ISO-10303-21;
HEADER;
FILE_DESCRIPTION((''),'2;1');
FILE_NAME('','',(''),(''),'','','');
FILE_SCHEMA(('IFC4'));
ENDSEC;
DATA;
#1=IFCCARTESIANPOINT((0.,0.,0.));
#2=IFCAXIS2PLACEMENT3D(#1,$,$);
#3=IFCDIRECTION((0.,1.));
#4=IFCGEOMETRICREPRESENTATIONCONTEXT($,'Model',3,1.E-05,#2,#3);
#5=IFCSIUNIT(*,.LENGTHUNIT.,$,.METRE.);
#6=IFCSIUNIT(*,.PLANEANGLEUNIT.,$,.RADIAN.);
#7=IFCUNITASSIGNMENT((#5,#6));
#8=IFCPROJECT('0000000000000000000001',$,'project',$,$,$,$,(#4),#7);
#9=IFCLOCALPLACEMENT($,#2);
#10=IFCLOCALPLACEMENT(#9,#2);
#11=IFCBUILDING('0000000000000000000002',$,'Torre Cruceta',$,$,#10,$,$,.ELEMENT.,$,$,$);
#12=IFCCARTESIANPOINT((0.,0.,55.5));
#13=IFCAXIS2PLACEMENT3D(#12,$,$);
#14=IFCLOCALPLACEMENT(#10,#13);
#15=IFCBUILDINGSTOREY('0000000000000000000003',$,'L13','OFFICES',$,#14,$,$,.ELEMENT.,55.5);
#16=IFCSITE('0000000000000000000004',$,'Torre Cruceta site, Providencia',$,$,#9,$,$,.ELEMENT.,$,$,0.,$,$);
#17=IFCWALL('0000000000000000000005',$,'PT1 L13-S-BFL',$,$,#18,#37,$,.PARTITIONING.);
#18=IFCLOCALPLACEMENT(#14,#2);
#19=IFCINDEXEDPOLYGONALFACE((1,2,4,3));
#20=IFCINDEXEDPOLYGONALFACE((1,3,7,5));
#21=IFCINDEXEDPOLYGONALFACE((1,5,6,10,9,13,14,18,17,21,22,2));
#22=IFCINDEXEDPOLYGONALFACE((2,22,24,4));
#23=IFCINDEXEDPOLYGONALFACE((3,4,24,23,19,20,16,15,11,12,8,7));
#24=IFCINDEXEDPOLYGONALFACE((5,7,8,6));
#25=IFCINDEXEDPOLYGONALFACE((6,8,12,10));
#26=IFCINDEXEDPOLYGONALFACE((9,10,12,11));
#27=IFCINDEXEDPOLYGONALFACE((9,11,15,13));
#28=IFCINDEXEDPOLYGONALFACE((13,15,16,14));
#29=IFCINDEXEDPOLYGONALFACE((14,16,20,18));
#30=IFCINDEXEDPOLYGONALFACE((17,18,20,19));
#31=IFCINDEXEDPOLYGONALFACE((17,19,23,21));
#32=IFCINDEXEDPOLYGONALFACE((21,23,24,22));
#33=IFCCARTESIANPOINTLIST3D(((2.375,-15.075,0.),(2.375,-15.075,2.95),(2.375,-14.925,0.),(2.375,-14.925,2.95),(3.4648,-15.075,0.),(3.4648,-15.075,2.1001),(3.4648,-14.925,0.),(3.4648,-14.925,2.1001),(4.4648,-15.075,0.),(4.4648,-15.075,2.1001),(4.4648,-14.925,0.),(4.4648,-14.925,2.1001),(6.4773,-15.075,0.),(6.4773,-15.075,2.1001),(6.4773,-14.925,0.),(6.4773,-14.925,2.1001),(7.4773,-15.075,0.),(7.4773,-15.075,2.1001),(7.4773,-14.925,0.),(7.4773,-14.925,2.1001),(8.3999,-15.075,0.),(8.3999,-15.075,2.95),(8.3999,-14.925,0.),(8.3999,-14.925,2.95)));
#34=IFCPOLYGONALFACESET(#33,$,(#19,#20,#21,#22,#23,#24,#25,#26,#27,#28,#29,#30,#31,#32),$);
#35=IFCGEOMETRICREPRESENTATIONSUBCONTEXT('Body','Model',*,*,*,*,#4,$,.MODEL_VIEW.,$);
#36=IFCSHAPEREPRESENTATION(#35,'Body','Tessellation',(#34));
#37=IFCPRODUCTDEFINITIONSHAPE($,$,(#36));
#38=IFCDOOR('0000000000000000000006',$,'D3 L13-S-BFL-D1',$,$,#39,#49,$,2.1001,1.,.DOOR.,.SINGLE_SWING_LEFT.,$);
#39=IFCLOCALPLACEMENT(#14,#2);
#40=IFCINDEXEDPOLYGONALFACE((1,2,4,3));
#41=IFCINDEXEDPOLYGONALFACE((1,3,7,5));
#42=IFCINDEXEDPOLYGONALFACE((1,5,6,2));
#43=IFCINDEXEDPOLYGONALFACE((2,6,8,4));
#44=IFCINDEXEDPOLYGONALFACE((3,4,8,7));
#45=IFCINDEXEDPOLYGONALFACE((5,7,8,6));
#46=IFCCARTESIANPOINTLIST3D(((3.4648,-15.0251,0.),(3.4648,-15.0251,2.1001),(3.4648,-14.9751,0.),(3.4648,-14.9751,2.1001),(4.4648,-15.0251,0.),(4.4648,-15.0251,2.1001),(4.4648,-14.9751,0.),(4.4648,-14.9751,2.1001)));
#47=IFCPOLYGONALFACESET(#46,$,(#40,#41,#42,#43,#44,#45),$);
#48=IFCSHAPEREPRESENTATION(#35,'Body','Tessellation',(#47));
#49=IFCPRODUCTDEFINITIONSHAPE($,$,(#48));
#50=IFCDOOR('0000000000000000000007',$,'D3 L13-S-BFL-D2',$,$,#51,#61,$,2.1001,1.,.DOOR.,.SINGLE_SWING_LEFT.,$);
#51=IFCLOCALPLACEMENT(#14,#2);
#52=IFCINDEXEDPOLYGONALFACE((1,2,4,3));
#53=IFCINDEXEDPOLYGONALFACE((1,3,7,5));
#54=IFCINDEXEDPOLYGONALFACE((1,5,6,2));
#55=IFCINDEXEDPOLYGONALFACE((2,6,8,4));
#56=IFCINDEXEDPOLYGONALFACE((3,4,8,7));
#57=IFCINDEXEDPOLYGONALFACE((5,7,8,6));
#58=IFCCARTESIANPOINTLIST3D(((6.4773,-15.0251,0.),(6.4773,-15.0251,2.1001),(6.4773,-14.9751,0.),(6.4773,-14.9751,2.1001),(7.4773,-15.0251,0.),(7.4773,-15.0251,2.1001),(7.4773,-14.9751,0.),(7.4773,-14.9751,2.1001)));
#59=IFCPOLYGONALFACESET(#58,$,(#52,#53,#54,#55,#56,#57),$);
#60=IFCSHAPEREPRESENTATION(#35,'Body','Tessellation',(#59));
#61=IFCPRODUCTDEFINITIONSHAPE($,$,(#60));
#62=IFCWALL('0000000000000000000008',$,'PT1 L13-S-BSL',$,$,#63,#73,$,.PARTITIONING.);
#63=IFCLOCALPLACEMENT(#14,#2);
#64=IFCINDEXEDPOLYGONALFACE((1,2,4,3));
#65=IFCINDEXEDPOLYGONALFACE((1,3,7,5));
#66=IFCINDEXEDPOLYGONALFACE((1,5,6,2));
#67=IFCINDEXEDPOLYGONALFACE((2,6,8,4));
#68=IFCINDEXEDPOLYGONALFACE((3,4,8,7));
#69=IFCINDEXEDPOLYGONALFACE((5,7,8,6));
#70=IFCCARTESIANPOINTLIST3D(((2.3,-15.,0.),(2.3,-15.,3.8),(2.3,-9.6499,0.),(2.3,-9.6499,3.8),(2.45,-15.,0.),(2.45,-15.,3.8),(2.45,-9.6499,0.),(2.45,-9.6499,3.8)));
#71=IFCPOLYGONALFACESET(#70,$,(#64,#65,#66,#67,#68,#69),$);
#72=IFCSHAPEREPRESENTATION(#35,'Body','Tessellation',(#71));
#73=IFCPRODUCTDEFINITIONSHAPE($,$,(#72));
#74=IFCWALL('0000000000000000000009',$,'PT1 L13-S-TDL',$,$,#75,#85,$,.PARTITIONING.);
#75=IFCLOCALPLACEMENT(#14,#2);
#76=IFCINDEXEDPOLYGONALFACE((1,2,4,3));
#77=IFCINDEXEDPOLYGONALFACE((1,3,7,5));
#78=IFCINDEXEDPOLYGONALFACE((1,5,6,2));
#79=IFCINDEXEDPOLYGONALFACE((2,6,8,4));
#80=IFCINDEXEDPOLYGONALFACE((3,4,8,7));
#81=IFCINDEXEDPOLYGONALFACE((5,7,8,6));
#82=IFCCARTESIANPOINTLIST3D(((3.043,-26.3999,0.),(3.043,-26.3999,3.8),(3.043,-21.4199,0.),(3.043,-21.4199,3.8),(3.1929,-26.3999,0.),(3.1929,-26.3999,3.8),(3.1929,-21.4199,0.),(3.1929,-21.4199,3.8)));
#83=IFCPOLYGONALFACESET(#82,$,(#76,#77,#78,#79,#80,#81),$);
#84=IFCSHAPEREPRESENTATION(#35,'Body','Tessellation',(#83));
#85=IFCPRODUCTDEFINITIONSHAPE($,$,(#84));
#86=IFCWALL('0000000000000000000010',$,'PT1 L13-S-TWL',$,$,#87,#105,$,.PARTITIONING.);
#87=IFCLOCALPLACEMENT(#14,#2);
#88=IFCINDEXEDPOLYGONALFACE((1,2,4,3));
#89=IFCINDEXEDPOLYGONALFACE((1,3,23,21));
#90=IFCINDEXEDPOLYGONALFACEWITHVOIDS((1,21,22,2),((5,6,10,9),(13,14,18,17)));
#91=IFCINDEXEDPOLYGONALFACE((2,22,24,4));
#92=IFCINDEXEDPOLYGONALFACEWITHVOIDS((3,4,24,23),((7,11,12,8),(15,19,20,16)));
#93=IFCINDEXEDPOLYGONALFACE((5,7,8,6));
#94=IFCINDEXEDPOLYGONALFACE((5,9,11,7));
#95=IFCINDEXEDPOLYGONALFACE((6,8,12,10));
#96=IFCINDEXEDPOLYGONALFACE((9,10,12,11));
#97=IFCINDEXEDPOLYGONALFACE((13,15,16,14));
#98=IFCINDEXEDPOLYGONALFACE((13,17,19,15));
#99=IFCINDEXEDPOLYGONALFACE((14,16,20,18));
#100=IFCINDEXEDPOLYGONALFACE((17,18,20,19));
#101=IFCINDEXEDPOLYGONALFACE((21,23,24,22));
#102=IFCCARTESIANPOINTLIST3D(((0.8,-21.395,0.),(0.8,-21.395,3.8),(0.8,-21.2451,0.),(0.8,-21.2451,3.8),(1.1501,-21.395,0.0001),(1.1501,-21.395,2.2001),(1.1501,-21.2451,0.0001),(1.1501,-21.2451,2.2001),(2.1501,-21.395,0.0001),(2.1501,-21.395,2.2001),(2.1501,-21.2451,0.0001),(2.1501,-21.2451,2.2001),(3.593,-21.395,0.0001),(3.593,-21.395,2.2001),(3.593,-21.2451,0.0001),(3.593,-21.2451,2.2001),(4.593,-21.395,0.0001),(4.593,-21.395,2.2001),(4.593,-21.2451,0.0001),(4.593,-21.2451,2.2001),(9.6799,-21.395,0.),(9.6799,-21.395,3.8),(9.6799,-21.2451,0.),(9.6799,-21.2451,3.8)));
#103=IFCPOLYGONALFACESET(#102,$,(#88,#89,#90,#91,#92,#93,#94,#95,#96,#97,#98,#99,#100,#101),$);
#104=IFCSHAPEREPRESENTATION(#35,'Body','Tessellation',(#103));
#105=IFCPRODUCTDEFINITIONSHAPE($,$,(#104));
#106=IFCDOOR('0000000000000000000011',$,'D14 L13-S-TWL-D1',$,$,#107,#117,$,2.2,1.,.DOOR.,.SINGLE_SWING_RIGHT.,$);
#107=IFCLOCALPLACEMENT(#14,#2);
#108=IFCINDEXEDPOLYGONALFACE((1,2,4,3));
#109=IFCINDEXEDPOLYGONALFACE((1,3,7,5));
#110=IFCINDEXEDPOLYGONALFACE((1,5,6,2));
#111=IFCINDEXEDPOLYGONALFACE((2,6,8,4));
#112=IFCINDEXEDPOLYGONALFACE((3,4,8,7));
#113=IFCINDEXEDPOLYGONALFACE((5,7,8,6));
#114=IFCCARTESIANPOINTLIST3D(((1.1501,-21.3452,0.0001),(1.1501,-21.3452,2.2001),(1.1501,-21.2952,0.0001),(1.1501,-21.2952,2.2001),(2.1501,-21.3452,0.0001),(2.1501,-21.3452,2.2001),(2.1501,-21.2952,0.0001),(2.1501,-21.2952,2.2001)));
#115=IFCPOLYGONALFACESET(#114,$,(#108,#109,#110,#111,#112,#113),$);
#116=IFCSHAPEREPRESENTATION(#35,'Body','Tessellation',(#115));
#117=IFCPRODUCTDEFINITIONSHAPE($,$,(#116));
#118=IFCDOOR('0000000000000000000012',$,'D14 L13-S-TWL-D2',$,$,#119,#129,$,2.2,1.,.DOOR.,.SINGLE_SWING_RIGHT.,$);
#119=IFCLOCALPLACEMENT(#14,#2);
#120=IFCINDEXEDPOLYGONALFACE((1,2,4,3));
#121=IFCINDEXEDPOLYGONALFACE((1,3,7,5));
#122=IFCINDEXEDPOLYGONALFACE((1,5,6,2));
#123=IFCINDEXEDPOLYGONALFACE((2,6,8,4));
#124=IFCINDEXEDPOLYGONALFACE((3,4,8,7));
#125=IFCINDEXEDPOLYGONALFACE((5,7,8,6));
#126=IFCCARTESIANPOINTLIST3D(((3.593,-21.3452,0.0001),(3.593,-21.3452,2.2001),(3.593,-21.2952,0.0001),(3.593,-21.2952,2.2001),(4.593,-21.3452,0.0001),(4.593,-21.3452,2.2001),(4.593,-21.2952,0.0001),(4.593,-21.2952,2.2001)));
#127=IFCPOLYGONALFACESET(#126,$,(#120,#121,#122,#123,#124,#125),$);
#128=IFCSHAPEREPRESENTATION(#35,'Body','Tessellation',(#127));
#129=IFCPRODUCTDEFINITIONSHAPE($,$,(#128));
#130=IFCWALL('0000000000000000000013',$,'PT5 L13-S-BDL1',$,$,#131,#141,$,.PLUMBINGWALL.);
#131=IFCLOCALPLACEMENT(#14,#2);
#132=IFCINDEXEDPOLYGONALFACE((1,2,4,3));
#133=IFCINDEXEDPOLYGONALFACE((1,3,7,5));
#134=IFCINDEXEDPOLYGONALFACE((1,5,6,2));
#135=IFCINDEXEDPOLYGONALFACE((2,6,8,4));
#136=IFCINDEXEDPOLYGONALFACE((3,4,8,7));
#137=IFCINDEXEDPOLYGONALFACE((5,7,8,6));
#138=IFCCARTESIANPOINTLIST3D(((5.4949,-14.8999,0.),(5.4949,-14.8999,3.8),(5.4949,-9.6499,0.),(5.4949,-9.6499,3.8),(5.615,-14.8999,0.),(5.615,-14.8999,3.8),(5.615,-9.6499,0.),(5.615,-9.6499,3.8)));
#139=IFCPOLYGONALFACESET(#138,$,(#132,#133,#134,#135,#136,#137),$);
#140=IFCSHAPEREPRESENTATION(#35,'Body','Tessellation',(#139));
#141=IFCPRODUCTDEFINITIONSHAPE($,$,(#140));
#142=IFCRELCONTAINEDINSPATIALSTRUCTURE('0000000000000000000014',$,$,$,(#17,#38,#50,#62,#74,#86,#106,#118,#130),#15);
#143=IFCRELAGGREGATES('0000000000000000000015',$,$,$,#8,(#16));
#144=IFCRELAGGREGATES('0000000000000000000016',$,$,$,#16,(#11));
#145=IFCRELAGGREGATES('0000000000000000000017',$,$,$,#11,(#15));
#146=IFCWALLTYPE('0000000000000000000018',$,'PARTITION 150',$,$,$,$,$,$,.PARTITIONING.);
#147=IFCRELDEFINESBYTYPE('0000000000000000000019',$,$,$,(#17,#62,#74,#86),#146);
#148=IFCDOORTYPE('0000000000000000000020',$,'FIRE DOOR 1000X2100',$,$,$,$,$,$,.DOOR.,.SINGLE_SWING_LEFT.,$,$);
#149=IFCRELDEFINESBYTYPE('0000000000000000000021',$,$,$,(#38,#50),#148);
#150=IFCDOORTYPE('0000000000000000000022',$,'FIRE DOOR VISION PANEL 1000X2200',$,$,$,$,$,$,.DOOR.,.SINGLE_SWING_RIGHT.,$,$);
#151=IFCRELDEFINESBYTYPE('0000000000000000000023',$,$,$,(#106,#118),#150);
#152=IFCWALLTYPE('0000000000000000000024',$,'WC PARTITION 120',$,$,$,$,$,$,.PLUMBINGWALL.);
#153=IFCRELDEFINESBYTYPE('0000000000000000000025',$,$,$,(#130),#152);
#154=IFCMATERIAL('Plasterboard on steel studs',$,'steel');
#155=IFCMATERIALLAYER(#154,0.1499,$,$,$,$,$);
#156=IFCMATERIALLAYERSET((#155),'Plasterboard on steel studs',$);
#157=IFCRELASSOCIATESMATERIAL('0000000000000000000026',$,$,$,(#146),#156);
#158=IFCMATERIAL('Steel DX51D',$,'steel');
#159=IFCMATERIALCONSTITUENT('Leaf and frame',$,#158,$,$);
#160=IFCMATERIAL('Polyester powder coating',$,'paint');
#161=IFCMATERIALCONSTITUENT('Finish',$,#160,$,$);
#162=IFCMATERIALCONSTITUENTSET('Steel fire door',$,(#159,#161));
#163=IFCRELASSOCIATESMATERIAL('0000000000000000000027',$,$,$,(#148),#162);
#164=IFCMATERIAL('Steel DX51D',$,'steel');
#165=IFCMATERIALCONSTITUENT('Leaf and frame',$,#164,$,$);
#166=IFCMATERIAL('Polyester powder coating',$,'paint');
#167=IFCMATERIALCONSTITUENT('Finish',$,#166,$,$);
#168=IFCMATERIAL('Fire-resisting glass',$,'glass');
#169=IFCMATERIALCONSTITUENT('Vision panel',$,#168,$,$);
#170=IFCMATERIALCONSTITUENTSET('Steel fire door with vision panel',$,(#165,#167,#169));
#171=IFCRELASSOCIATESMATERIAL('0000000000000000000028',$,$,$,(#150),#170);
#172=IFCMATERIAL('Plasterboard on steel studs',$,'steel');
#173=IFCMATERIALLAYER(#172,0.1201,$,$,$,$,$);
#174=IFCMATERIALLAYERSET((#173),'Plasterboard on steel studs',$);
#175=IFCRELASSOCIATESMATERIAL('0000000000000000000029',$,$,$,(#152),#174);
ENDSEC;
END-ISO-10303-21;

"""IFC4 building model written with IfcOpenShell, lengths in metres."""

from ifc_helpers import new_model, si_unit, direction, frame, frame_2d, origin, place, context, subcontext, project, spatial, rectangle, extrude, material, layer, layer_set, constituent, constituent_set, type_object, element, fill, save


model = new_model("IFC4")

# Units and contexts
model_context = context("Model", 3, precision=1e-05, world=origin(), true_north=direction((0.0, 1.0)))
body_context = subcontext(model_context, "Body", "Model", "MODEL_VIEW")
ifc_project = project(units=[si_unit("LENGTHUNIT", "METRE"), si_unit("PLANEANGLEUNIT", "RADIAN")], contexts=[model_context])

# Site, building, storey
site_placement = place(None, origin())
site = spatial("IfcSite", under=ifc_project, at=site_placement, Name="Torre Cruceta site, Providencia", CompositionType="ELEMENT", RefElevation=0.0)
building_placement = place(site_placement, origin())
building = spatial("IfcBuilding", under=site, at=building_placement, Name="Torre Cruceta", CompositionType="ELEMENT")
storey_placement = place(building_placement, frame((0.0, 0.0, 55.5)))
storey = spatial("IfcBuildingStorey", under=building, at=storey_placement, Name="L13", Description="OFFICES", CompositionType="ELEMENT", Elevation=55.5)

# Wall, openings, doors
ifc_material_1 = material(Name="Plasterboard on steel studs", Category="steel")
ifc_layer_1 = layer(ifc_material_1, 0.1499)
ifc_layer_set_1 = layer_set([ifc_layer_1], Name="Plasterboard on steel studs")
wall_type_1 = type_object("IfcWallType", Name="PARTITION 150", PredefinedType="PARTITIONING", material=ifc_layer_set_1)
wall_1_placement = place(storey_placement, frame((2.375, -15.0, 0.0), z_axis=(0.0, 0.0, 1.0), x_axis=(1.0, 0.0, 0.0)))
wall_1 = element("IfcWall", 1, at=wall_1_placement, inside=storey, type_object=wall_type_1, Name="PT1 L13-S-BFL", PredefinedType="PARTITIONING", context=body_context, shape_type="SweptSolid", body=[
    extrude(rectangle(XDim=6.0249, YDim=0.1499, at=frame_2d((3.0125, 0.0))), origin(), (0.0, 0.0, 1.0), 2.95),
])
opening_1_placement = place(wall_1_placement, frame((1.0898, 0.0, 0.0)))
opening_1 = element("IfcOpeningElement", 2, at=opening_1_placement, cuts=wall_1, PredefinedType="OPENING", context=body_context, shape_type="SweptSolid", body=[
    extrude(rectangle(XDim=1.0, YDim=2.1001, at=frame_2d((0.5, 1.05))), frame((0.0, 0.085, 0.0), z_axis=(0.0, -1.0, 0.0), x_axis=(1.0, 0.0, 0.0)), (0.0, 0.0, 1.0), 0.1699),
])
opening_2_placement = place(wall_1_placement, frame((4.1023, 0.0, 0.0)))
opening_2 = element("IfcOpeningElement", 3, at=opening_2_placement, cuts=wall_1, PredefinedType="OPENING", context=body_context, shape_type="SweptSolid", body=[
    extrude(rectangle(XDim=1.0, YDim=2.1001, at=frame_2d((0.5, 1.05))), frame((0.0, 0.085, 0.0), z_axis=(0.0, -1.0, 0.0), x_axis=(1.0, 0.0, 0.0)), (0.0, 0.0, 1.0), 0.1699),
])
ifc_material_2 = material(Name="Steel DX51D", Category="steel")
ifc_constituent_1 = constituent(ifc_material_2, Name="Leaf and frame")
ifc_material_3 = material(Name="Polyester powder coating", Category="paint")
ifc_constituent_2 = constituent(ifc_material_3, Name="Finish")
ifc_constituent_set_1 = constituent_set(constituents=[ifc_constituent_1, ifc_constituent_2], Name="Steel fire door")
door_type_1 = type_object("IfcDoorType", Name="FIRE DOOR 1000X2100", OperationType="SINGLE_SWING_LEFT", PredefinedType="DOOR", material=ifc_constituent_set_1)
door_1_placement = place(opening_1_placement, origin())
door_1 = element("IfcDoor", 4, at=door_1_placement, inside=storey, type_object=door_type_1, Name="D3 L13-S-BFL-D1", OperationType="SINGLE_SWING_LEFT", OverallHeight=2.1001, OverallWidth=1.0, PredefinedType="DOOR", context=body_context, shape_type="SweptSolid", body=[
    extrude(rectangle(XDim=1.0, YDim=2.1001, at=frame_2d((0.5, 1.05))), frame((0.0, 0.0249, 0.0), z_axis=(0.0, -1.0, 0.0), x_axis=(1.0, 0.0, 0.0)), (0.0, 0.0, 1.0), 0.05),
])
fill(opening_1, door_1)
door_2_placement = place(opening_2_placement, origin())
door_2 = element("IfcDoor", 5, at=door_2_placement, inside=storey, type_object=door_type_1, Name="D3 L13-S-BFL-D2", OperationType="SINGLE_SWING_LEFT", OverallHeight=2.1001, OverallWidth=1.0, PredefinedType="DOOR", context=body_context, shape_type="SweptSolid", body=[
    extrude(rectangle(XDim=1.0, YDim=2.1001, at=frame_2d((0.5, 1.05))), frame((0.0, 0.0249, 0.0), z_axis=(0.0, -1.0, 0.0), x_axis=(1.0, 0.0, 0.0)), (0.0, 0.0, 1.0), 0.05),
])
fill(opening_2, door_2)

# Walls
wall_2_placement = place(storey_placement, frame((2.375, -9.6499, 0.0), z_axis=(0.0, 0.0, 1.0), x_axis=(0.0, -1.0, 0.0)))
element("IfcWall", 6, at=wall_2_placement, inside=storey, type_object=wall_type_1, Name="PT1 L13-S-BSL", PredefinedType="PARTITIONING", context=body_context, shape_type="SweptSolid", body=[
    extrude(rectangle(XDim=5.3501, YDim=0.1499, at=frame_2d((2.675, 0.0))), origin(), (0.0, 0.0, 1.0), 3.8),
])
wall_3_placement = place(storey_placement, frame((3.1179, -21.4199, 0.0), z_axis=(0.0, 0.0, 1.0), x_axis=(0.0, -1.0, 0.0)))
element("IfcWall", 7, at=wall_3_placement, inside=storey, type_object=wall_type_1, Name="PT1 L13-S-TDL", PredefinedType="PARTITIONING", context=body_context, shape_type="SweptSolid", body=[
    extrude(rectangle(XDim=4.98, YDim=0.1499, at=frame_2d((2.49, 0.0))), origin(), (0.0, 0.0, 1.0), 3.8),
])

# Wall, openings, doors
wall_4_placement = place(storey_placement, frame((0.8, -21.3201, 0.0), z_axis=(0.0, 0.0, 1.0), x_axis=(1.0, 0.0, 0.0)))
wall_4 = element("IfcWall", 8, at=wall_4_placement, inside=storey, type_object=wall_type_1, Name="PT1 L13-S-TWL", PredefinedType="PARTITIONING", context=body_context, shape_type="SweptSolid", body=[
    extrude(rectangle(XDim=8.8799, YDim=0.1499, at=frame_2d((4.4399, 0.0))), origin(), (0.0, 0.0, 1.0), 3.8),
])
opening_3_placement = place(wall_4_placement, frame((0.3501, 0.0, 0.0)))
opening_3 = element("IfcOpeningElement", 9, at=opening_3_placement, cuts=wall_4, PredefinedType="OPENING", context=body_context, shape_type="SweptSolid", body=[
    extrude(rectangle(XDim=1.0, YDim=2.2, at=frame_2d((0.5, 1.1001))), frame((0.0, 0.085, 0.0), z_axis=(0.0, -1.0, 0.0), x_axis=(1.0, 0.0, 0.0)), (0.0, 0.0, 1.0), 0.1699),
])
opening_4_placement = place(wall_4_placement, frame((2.793, 0.0, 0.0)))
opening_4 = element("IfcOpeningElement", 10, at=opening_4_placement, cuts=wall_4, PredefinedType="OPENING", context=body_context, shape_type="SweptSolid", body=[
    extrude(rectangle(XDim=1.0, YDim=2.2, at=frame_2d((0.5, 1.1001))), frame((0.0, 0.085, 0.0), z_axis=(0.0, -1.0, 0.0), x_axis=(1.0, 0.0, 0.0)), (0.0, 0.0, 1.0), 0.1699),
])
ifc_material_4 = material(Name="Steel DX51D", Category="steel")
ifc_constituent_3 = constituent(ifc_material_4, Name="Leaf and frame")
ifc_material_5 = material(Name="Polyester powder coating", Category="paint")
ifc_constituent_4 = constituent(ifc_material_5, Name="Finish")
ifc_material_6 = material(Name="Fire-resisting glass", Category="glass")
ifc_constituent_5 = constituent(ifc_material_6, Name="Vision panel")
ifc_constituent_set_2 = constituent_set(constituents=[ifc_constituent_3, ifc_constituent_4, ifc_constituent_5], Name="Steel fire door with vision panel")
door_type_2 = type_object("IfcDoorType", Name="FIRE DOOR VISION PANEL 1000X2200", OperationType="SINGLE_SWING_RIGHT", PredefinedType="DOOR", material=ifc_constituent_set_2)
door_3_placement = place(opening_3_placement, frame((1.0, 0.0, 0.0), z_axis=(0.0, 0.0, 1.0), x_axis=(-1.0, 0.0, 0.0)))
door_3 = element("IfcDoor", 11, at=door_3_placement, inside=storey, type_object=door_type_2, Name="D14 L13-S-TWL-D1", OperationType="SINGLE_SWING_RIGHT", OverallHeight=2.2, OverallWidth=1.0, PredefinedType="DOOR", context=body_context, shape_type="SweptSolid", body=[
    extrude(rectangle(XDim=1.0, YDim=2.2, at=frame_2d((0.5, 1.1001))), frame((0.0, 0.0251, 0.0), z_axis=(0.0, -1.0, 0.0), x_axis=(1.0, 0.0, 0.0)), (0.0, 0.0, 1.0), 0.05),
])
fill(opening_3, door_3)
door_4_placement = place(opening_4_placement, frame((1.0, 0.0, 0.0), z_axis=(0.0, 0.0, 1.0), x_axis=(-1.0, 0.0, 0.0)))
door_4 = element("IfcDoor", 12, at=door_4_placement, inside=storey, type_object=door_type_2, Name="D14 L13-S-TWL-D2", OperationType="SINGLE_SWING_RIGHT", OverallHeight=2.2, OverallWidth=1.0, PredefinedType="DOOR", context=body_context, shape_type="SweptSolid", body=[
    extrude(rectangle(XDim=1.0, YDim=2.2, at=frame_2d((0.5, 1.1001))), frame((0.0, 0.0251, 0.0), z_axis=(0.0, -1.0, 0.0), x_axis=(1.0, 0.0, 0.0)), (0.0, 0.0, 1.0), 0.05),
])
fill(opening_4, door_4)

# Wall
ifc_material_7 = material(Name="Plasterboard on steel studs", Category="steel")
ifc_layer_2 = layer(ifc_material_7, 0.1201)
ifc_layer_set_2 = layer_set([ifc_layer_2], Name="Plasterboard on steel studs")
wall_type_2 = type_object("IfcWallType", Name="WC PARTITION 120", PredefinedType="PLUMBINGWALL", material=ifc_layer_set_2)
wall_5_placement = place(storey_placement, frame((5.5549, -9.6499, 0.0), z_axis=(0.0, 0.0, 1.0), x_axis=(0.0, -1.0, 0.0)))
element("IfcWall", 13, at=wall_5_placement, inside=storey, type_object=wall_type_2, Name="PT5 L13-S-BDL1", PredefinedType="PLUMBINGWALL", context=body_context, shape_type="SweptSolid", body=[
    extrude(rectangle(XDim=5.25, YDim=0.1201, at=frame_2d((2.625, 0.0))), origin(), (0.0, 0.0, 1.0), 3.8),
])

save(model, "model.ifc")
